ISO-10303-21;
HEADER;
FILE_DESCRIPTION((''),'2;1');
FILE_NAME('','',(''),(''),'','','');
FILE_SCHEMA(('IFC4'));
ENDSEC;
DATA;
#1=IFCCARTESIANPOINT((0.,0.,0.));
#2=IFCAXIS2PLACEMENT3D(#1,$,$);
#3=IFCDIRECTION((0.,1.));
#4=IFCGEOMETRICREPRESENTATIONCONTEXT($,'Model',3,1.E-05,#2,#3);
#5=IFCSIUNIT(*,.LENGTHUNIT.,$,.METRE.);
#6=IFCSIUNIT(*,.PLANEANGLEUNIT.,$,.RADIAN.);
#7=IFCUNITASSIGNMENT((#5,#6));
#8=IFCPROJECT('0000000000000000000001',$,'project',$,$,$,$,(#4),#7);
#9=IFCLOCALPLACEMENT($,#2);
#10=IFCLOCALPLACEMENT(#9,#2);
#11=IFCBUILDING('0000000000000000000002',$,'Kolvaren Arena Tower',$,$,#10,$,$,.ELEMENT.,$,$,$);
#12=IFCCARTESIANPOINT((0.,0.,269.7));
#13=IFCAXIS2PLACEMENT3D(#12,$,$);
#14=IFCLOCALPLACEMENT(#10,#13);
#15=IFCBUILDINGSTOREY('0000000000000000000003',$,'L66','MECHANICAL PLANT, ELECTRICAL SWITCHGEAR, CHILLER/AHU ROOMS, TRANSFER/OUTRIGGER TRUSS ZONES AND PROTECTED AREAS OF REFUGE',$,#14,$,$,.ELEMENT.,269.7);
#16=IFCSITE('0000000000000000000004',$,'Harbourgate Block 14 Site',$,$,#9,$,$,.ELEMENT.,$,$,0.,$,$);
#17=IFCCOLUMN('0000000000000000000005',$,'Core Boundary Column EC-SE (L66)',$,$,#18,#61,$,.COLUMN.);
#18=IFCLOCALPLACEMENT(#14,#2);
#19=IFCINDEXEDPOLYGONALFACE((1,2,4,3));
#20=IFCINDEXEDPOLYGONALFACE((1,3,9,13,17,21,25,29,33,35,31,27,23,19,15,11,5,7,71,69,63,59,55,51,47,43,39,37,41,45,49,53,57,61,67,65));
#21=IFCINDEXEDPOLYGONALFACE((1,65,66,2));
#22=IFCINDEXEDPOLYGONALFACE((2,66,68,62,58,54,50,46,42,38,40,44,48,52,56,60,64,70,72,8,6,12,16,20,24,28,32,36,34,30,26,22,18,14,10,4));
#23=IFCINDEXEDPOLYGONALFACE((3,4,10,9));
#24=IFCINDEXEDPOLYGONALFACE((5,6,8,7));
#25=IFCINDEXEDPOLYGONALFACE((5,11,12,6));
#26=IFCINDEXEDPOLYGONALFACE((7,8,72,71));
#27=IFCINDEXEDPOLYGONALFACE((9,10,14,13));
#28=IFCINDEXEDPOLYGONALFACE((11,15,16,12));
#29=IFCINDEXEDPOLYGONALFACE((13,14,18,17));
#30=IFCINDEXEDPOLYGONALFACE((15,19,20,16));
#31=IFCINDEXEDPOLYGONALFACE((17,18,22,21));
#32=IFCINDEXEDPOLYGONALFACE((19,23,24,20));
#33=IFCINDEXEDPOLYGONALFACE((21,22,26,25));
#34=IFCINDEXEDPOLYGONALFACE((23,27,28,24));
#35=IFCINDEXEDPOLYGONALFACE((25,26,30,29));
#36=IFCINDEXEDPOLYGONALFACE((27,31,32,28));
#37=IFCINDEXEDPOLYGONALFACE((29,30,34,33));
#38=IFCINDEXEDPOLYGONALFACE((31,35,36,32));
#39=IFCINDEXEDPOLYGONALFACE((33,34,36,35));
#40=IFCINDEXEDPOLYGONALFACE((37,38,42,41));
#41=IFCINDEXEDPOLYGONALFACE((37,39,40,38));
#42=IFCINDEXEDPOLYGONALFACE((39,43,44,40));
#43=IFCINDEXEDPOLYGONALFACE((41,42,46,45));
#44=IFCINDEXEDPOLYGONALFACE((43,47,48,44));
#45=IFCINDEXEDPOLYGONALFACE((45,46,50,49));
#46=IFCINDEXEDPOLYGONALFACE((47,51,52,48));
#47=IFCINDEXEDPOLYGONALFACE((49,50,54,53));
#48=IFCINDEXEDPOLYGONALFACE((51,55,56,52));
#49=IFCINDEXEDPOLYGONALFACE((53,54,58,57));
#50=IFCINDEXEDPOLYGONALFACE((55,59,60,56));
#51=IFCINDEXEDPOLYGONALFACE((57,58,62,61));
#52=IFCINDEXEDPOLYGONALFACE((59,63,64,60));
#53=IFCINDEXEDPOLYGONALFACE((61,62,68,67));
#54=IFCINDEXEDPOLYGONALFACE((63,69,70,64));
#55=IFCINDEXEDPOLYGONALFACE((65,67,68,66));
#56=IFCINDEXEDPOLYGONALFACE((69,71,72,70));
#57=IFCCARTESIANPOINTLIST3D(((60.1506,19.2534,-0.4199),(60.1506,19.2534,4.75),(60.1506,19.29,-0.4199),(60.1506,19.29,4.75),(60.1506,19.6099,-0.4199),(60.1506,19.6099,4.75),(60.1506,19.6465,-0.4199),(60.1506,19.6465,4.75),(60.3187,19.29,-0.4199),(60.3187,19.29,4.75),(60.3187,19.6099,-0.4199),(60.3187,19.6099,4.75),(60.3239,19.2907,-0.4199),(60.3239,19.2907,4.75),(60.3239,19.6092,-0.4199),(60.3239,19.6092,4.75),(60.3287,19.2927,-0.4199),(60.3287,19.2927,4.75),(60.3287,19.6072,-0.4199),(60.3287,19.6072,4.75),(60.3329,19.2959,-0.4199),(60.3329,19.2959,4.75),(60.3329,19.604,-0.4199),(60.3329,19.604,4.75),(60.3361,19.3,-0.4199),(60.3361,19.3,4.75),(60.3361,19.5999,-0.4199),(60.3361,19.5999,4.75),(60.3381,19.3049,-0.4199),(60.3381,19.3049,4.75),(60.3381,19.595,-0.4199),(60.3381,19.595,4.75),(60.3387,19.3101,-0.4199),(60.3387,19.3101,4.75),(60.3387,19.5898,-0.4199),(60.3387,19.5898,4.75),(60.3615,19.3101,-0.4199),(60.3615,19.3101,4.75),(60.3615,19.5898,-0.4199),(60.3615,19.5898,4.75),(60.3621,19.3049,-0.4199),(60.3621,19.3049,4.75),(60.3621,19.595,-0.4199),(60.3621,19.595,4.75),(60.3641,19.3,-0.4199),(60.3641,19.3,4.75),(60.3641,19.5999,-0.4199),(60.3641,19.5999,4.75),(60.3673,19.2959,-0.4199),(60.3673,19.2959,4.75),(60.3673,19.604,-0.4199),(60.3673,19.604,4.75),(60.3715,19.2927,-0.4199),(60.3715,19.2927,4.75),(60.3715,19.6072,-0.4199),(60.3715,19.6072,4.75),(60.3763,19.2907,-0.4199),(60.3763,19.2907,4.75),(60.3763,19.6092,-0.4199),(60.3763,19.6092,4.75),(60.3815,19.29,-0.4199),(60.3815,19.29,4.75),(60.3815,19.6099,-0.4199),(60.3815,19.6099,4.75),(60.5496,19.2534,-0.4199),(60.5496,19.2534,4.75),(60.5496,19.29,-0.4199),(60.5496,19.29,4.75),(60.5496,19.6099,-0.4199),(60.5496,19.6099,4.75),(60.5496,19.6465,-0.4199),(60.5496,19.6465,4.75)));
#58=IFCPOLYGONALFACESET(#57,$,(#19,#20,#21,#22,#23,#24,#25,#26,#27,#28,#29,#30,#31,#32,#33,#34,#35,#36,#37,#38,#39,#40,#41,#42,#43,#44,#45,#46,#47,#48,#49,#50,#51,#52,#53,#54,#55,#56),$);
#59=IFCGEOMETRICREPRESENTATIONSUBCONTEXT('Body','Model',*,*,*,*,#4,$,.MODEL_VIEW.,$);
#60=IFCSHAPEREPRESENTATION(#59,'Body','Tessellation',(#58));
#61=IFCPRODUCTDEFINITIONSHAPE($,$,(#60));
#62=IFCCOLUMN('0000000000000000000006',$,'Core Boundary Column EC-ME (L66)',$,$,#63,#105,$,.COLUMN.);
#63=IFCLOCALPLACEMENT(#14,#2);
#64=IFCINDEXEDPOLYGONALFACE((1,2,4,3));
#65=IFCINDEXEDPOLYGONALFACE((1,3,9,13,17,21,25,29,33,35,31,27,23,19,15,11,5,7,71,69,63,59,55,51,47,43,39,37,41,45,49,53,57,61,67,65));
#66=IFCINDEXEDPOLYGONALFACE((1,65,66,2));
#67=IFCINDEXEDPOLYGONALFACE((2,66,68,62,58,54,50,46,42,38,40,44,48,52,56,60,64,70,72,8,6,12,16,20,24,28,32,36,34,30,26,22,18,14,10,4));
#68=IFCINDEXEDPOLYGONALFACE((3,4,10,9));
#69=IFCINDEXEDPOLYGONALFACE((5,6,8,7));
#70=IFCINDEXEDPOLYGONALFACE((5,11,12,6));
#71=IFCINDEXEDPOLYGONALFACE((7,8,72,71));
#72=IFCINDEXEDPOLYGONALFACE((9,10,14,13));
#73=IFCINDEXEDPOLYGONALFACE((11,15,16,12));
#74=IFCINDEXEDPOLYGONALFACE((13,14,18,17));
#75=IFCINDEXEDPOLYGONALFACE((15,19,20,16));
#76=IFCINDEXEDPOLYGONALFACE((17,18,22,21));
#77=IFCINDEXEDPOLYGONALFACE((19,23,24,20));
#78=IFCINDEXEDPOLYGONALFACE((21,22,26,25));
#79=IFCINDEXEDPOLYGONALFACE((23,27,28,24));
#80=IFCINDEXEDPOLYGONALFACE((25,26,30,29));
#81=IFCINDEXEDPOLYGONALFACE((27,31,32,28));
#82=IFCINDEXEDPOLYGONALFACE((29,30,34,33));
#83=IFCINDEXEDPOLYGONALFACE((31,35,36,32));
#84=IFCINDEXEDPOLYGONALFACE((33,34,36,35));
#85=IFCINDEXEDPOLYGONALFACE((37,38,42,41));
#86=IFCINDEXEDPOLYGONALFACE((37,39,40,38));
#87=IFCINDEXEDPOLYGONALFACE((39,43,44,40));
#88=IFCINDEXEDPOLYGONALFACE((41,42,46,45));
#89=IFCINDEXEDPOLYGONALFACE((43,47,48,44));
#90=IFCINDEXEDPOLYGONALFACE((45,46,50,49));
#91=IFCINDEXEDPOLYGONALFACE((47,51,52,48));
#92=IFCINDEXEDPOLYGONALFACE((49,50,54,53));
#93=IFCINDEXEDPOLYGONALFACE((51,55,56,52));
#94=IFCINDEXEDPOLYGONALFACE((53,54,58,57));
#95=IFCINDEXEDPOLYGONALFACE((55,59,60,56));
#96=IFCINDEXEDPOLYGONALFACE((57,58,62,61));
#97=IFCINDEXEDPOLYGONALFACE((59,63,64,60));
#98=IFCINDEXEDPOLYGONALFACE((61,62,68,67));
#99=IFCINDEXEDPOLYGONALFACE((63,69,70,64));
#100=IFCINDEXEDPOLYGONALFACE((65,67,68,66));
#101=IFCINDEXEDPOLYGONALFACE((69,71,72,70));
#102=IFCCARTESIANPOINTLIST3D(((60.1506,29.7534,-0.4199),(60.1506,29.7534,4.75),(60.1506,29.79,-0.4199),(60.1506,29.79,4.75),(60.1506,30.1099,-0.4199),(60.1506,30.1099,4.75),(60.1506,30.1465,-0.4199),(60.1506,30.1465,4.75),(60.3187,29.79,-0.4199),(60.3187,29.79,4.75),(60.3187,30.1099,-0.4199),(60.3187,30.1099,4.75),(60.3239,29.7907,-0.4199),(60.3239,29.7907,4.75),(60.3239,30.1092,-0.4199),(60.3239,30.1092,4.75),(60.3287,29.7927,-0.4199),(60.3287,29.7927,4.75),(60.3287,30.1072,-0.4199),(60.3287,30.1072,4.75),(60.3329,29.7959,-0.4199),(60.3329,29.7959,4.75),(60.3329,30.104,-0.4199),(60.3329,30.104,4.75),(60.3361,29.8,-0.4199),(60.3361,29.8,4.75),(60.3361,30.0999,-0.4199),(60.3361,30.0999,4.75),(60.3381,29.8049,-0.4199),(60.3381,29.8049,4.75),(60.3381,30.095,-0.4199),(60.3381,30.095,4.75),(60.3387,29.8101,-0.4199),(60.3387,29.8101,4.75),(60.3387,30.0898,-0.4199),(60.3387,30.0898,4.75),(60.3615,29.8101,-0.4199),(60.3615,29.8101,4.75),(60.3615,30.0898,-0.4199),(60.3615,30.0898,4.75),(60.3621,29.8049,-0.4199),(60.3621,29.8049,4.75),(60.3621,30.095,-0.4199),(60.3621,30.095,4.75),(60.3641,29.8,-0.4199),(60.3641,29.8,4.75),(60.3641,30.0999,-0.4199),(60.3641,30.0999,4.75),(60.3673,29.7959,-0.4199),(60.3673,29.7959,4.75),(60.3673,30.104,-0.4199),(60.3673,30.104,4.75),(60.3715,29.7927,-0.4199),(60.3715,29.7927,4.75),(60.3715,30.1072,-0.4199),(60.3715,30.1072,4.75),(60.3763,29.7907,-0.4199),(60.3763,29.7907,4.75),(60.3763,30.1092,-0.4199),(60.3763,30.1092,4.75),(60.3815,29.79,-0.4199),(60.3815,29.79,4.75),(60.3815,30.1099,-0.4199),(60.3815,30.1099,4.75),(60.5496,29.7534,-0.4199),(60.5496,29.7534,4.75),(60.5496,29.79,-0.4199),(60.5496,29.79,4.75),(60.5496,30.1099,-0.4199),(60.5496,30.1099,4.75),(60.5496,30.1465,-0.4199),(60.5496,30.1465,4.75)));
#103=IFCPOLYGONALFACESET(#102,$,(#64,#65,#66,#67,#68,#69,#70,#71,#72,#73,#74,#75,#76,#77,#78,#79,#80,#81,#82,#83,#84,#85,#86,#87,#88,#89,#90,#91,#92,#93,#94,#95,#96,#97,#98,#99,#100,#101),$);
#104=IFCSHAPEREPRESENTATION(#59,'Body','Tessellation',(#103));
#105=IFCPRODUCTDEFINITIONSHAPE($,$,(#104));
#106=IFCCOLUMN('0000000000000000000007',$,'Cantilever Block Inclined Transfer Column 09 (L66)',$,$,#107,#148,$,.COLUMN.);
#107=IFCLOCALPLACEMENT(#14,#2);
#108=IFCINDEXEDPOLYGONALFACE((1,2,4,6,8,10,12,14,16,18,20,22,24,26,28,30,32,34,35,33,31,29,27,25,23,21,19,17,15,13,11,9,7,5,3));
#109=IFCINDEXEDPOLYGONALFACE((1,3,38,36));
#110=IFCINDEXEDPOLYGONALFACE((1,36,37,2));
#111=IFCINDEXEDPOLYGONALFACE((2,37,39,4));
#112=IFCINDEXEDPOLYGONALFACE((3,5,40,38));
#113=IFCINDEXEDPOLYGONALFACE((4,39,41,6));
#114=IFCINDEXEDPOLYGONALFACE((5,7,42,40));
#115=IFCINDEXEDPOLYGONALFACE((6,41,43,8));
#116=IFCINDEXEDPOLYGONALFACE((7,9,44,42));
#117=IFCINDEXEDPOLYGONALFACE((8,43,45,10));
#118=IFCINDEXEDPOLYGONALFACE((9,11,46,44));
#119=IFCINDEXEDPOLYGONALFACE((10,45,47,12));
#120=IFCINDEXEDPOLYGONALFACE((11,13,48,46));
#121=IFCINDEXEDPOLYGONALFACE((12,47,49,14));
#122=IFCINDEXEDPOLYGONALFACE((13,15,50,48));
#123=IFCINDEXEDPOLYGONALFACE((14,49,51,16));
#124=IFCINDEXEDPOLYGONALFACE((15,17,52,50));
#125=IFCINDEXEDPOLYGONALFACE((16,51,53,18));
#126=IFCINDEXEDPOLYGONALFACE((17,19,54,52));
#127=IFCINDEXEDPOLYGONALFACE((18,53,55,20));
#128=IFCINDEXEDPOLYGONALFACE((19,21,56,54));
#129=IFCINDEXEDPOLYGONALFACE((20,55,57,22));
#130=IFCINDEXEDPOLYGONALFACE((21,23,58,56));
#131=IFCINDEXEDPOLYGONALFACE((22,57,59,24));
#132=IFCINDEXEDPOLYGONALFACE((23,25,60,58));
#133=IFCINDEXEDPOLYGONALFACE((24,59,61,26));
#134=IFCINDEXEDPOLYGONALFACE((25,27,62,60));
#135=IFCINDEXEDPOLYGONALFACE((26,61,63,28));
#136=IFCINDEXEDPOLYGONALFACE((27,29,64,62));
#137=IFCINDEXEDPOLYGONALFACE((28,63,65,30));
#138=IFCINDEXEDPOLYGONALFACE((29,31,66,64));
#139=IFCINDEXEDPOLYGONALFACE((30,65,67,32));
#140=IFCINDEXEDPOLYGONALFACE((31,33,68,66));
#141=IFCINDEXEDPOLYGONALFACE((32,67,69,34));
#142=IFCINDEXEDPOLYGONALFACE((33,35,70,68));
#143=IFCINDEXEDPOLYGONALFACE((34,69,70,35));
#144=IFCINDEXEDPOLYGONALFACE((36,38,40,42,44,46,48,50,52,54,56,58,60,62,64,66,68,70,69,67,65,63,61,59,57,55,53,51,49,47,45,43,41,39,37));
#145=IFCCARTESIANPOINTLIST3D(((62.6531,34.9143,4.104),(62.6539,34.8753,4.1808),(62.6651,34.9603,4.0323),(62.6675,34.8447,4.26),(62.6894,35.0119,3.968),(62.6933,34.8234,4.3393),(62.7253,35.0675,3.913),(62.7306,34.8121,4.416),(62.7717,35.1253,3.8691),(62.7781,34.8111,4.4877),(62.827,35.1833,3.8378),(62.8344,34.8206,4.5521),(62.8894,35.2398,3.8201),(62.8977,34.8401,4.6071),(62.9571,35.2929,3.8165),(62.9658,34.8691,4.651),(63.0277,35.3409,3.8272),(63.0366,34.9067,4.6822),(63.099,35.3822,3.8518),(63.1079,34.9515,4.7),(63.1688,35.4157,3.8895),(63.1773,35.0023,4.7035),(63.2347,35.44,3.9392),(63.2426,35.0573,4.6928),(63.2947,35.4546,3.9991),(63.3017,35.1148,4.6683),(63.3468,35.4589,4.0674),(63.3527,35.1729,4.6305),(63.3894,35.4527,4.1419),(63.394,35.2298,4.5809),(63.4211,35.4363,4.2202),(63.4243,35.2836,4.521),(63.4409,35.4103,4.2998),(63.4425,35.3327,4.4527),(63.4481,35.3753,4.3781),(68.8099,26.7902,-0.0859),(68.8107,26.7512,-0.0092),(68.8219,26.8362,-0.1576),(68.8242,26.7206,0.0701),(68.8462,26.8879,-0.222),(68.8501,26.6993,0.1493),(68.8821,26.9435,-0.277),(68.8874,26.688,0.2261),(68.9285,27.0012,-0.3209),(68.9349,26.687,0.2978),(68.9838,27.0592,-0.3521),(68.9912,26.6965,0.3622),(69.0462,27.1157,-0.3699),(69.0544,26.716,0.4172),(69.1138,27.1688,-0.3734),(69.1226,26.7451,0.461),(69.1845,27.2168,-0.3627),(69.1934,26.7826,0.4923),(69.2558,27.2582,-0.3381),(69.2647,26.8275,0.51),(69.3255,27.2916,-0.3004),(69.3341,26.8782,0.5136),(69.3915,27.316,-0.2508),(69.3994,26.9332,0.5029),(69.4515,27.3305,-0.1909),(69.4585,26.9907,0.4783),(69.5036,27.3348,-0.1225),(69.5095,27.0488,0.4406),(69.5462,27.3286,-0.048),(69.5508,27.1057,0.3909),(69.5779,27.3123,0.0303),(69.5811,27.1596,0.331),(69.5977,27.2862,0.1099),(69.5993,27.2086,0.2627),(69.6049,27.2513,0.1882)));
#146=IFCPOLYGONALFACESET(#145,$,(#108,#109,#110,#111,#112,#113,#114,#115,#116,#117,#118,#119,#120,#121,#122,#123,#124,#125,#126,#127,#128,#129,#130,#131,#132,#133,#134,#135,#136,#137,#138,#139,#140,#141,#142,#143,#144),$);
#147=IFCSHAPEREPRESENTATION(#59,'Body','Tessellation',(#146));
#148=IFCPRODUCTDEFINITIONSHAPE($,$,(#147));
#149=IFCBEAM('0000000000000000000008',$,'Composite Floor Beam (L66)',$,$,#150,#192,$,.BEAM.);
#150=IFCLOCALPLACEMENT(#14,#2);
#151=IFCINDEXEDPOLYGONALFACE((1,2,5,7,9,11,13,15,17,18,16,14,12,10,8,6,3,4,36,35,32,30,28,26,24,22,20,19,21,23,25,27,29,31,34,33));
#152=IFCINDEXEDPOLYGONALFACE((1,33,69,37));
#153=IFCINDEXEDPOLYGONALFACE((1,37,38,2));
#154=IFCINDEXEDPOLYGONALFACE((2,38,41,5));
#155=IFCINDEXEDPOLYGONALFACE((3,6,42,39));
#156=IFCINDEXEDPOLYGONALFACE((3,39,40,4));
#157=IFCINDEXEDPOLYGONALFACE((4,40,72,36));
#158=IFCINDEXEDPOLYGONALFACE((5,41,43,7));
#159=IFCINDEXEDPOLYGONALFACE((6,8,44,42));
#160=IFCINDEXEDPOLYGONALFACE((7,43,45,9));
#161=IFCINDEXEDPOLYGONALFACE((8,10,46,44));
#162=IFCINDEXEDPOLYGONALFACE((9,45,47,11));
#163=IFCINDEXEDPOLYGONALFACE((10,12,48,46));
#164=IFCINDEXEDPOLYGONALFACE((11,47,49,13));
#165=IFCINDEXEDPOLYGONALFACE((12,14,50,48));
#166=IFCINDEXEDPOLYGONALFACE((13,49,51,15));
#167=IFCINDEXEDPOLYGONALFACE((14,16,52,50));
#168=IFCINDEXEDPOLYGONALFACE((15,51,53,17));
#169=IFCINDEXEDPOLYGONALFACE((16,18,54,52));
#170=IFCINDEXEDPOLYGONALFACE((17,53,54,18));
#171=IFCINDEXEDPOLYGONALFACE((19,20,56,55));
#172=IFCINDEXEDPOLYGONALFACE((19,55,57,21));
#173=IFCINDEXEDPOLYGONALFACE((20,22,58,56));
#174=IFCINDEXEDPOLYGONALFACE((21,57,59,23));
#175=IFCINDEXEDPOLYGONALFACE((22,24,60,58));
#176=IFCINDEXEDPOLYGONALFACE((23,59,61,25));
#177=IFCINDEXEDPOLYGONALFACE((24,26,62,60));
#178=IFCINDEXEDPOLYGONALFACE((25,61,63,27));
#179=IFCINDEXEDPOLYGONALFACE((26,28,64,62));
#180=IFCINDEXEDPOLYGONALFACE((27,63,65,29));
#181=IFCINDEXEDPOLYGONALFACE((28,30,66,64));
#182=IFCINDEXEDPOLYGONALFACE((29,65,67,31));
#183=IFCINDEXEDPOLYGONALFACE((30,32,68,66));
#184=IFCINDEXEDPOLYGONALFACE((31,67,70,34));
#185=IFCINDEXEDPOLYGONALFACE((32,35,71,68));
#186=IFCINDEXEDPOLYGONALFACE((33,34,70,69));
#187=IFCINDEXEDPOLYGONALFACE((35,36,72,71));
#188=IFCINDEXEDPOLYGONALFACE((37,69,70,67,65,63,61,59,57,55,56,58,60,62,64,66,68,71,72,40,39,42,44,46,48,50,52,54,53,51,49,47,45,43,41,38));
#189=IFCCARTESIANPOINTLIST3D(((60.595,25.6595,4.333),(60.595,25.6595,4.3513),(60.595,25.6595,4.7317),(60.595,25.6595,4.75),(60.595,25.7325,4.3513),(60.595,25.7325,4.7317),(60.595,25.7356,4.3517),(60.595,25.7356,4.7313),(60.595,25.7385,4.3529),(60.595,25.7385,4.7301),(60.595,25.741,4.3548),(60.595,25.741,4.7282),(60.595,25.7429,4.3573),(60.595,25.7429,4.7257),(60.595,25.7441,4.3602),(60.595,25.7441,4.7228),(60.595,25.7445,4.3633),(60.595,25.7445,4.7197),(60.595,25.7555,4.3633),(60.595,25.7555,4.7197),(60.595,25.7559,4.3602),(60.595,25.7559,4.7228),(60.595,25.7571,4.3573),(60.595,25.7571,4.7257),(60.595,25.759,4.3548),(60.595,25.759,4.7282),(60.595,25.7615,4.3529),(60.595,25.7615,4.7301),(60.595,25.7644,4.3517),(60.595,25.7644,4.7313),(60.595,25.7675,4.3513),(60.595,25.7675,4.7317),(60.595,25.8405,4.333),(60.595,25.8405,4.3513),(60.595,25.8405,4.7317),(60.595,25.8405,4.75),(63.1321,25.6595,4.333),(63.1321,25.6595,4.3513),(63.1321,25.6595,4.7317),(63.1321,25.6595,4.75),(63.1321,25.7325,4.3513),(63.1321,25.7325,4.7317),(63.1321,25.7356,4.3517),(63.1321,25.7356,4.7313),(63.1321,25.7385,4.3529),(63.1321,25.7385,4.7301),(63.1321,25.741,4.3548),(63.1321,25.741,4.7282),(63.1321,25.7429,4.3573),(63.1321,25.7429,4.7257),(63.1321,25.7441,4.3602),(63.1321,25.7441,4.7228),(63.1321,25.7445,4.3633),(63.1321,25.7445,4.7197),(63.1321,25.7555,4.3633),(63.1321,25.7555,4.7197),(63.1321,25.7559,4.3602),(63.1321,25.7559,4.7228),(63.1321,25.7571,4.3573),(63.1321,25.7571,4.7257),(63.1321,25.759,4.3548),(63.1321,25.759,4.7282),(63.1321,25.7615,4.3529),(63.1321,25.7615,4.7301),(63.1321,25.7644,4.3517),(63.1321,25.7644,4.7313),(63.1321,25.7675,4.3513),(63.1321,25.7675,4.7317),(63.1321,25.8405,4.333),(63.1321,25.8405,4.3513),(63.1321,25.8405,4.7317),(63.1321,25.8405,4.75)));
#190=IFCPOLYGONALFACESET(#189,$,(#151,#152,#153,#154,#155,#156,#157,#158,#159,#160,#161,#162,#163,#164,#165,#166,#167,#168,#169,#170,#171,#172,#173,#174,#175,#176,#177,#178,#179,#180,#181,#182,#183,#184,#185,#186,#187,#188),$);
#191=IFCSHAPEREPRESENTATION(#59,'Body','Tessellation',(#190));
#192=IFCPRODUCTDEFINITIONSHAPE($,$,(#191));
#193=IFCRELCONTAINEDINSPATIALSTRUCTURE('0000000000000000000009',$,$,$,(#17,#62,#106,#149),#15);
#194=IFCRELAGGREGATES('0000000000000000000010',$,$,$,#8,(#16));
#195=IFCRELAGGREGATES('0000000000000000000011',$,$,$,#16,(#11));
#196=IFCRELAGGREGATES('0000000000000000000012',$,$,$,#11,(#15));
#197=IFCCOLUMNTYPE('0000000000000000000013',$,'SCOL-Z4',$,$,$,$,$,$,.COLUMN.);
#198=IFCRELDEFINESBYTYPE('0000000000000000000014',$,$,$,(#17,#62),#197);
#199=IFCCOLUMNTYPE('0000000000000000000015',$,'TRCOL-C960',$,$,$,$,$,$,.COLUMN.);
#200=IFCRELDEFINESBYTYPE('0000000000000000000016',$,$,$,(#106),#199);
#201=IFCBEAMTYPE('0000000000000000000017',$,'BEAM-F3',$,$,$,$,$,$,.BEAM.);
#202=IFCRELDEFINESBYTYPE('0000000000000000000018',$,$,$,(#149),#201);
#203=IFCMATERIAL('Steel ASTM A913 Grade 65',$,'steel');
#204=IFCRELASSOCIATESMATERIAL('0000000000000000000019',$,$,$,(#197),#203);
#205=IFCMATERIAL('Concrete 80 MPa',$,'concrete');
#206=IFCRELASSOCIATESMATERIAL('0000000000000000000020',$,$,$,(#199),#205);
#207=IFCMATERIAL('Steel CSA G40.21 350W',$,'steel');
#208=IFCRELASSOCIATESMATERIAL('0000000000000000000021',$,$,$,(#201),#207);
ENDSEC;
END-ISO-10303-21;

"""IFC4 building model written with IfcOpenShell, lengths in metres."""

from ifc_helpers import new_model, si_unit, direction, frame, origin, origin_2d, place, context, subcontext, project, spatial, circle, i_section, extrude, material, material_profile, profile_set, type_object, element, save


model = new_model("IFC4")

# Units and contexts
model_context = context("Model", 3, precision=1e-05, world=origin(), true_north=direction((0.0, 1.0)))
body_context = subcontext(model_context, "Body", "Model", "MODEL_VIEW")
ifc_project = project(units=[si_unit("LENGTHUNIT", "METRE"), si_unit("PLANEANGLEUNIT", "RADIAN")], contexts=[model_context])

# Site, building, storey
site_placement = place(None, origin())
site = spatial("IfcSite", under=ifc_project, at=site_placement, Name="Harbourgate Block 14 Site", CompositionType="ELEMENT", RefElevation=0.0)
building_placement = place(site_placement, origin())
building = spatial("IfcBuilding", under=site, at=building_placement, Name="Kolvaren Arena Tower", CompositionType="ELEMENT")
storey_placement = place(building_placement, frame((0.0, 0.0, 269.7)))
storey = spatial("IfcBuildingStorey", under=building, at=storey_placement, Name="L66", Description="MECHANICAL PLANT, ELECTRICAL SWITCHGEAR, CHILLER/AHU ROOMS, TRANSFER/OUTRIGGER TRUSS ZONES AND PROTECTED AREAS OF REFUGE", CompositionType="ELEMENT", Elevation=269.7)

# Columns
ifc_material_1 = material(Name="Steel ASTM A913 Grade 65", Category="steel")
ifc_material_profile_1 = material_profile(ifc_material_1, i_section(OverallWidth=0.3989, OverallDepth=0.3931, WebThickness=0.0227, FlangeThickness=0.0366, FilletRadius=0.02, at=origin_2d()), Name="W360x287")
ifc_profile_set_1 = profile_set([ifc_material_profile_1], Name="Steel ASTM A913 Grade 65")
column_type_1 = type_object("IfcColumnType", Name="SCOL-Z4", PredefinedType="COLUMN", material=ifc_profile_set_1)
for number, where, z_axis, x_axis, name in (
    (1, (60.3501, 19.45, -0.4199), (0.0, 0.0, 1.0), (1.0, 0.0, 0.0), "Core Boundary Column EC-SE (L66)"),
    (2, (60.3501, 29.95, -0.4199), (0.0, 0.0, 1.0), (1.0, 0.0, 0.0), "Core Boundary Column EC-ME (L66)"),
):
    element("IfcColumn", number, at=place(storey_placement, frame(where, z_axis=z_axis, x_axis=x_axis)), inside=storey, type_object=column_type_1, Name=name, PredefinedType="COLUMN", context=body_context, shape_type="SweptSolid", body=[
        extrude(i_section(OverallWidth=0.3989, OverallDepth=0.3931, WebThickness=0.0227, FlangeThickness=0.0366, FilletRadius=0.02, at=origin_2d()), origin(), (0.0, 0.0, 1.0), 5.1699),
    ])
ifc_material_2 = material(Name="Concrete 80 MPa", Category="concrete")
ifc_material_profile_2 = material_profile(ifc_material_2, circle(Radius=0.48, at=origin_2d()), Name="RC-CIRC-960")
ifc_profile_set_2 = profile_set([ifc_material_profile_2], Name="Concrete 80 MPa")
column_type_2 = type_object("IfcColumnType", Name="TRCOL-C960", PredefinedType="COLUMN", material=ifc_profile_set_2)
column_placement = place(storey_placement, frame((69.2068, 27.0105, 0.0701), z_axis=(-0.558641, 0.737145, 0.380181), x_axis=(-0.796989, -0.603993, 0.0)))
element("IfcColumn", 3, at=column_placement, inside=storey, type_object=column_type_2, Name="Cantilever Block Inclined Transfer Column 09 (L66)", PredefinedType="COLUMN", context=body_context, shape_type="SweptSolid", body=[
    extrude(circle(Radius=0.48, at=origin_2d()), origin(), (0.0, 0.0, 1.0), 11.021),
])

# Beam
ifc_material_3 = material(Name="Steel CSA G40.21 350W", Category="steel")
ifc_material_profile_3 = material_profile(ifc_material_3, i_section(OverallWidth=0.1809, OverallDepth=0.417, WebThickness=0.011, FlangeThickness=0.0183, FilletRadius=0.012, at=origin_2d()), Name="W410x85")
ifc_profile_set_3 = profile_set([ifc_material_profile_3], Name="Steel CSA G40.21 350W")
beam_type_1 = type_object("IfcBeamType", Name="BEAM-F3", PredefinedType="BEAM", material=ifc_profile_set_3)
beam_1_placement = place(storey_placement, frame((60.595, 25.75, 4.5415), z_axis=(1.0, 0.0, 0.0), x_axis=(0.0, 1.0, 0.0)))
element("IfcBeam", 4, at=beam_1_placement, inside=storey, type_object=beam_type_1, Name="Composite Floor Beam (L66)", PredefinedType="BEAM", context=body_context, shape_type="SweptSolid", body=[
    extrude(i_section(OverallWidth=0.1809, OverallDepth=0.417, WebThickness=0.011, FlangeThickness=0.0183, FilletRadius=0.012, at=origin_2d()), origin(), (0.0, 0.0, 1.0), 2.5371),
])

save(model, "model.ifc")
